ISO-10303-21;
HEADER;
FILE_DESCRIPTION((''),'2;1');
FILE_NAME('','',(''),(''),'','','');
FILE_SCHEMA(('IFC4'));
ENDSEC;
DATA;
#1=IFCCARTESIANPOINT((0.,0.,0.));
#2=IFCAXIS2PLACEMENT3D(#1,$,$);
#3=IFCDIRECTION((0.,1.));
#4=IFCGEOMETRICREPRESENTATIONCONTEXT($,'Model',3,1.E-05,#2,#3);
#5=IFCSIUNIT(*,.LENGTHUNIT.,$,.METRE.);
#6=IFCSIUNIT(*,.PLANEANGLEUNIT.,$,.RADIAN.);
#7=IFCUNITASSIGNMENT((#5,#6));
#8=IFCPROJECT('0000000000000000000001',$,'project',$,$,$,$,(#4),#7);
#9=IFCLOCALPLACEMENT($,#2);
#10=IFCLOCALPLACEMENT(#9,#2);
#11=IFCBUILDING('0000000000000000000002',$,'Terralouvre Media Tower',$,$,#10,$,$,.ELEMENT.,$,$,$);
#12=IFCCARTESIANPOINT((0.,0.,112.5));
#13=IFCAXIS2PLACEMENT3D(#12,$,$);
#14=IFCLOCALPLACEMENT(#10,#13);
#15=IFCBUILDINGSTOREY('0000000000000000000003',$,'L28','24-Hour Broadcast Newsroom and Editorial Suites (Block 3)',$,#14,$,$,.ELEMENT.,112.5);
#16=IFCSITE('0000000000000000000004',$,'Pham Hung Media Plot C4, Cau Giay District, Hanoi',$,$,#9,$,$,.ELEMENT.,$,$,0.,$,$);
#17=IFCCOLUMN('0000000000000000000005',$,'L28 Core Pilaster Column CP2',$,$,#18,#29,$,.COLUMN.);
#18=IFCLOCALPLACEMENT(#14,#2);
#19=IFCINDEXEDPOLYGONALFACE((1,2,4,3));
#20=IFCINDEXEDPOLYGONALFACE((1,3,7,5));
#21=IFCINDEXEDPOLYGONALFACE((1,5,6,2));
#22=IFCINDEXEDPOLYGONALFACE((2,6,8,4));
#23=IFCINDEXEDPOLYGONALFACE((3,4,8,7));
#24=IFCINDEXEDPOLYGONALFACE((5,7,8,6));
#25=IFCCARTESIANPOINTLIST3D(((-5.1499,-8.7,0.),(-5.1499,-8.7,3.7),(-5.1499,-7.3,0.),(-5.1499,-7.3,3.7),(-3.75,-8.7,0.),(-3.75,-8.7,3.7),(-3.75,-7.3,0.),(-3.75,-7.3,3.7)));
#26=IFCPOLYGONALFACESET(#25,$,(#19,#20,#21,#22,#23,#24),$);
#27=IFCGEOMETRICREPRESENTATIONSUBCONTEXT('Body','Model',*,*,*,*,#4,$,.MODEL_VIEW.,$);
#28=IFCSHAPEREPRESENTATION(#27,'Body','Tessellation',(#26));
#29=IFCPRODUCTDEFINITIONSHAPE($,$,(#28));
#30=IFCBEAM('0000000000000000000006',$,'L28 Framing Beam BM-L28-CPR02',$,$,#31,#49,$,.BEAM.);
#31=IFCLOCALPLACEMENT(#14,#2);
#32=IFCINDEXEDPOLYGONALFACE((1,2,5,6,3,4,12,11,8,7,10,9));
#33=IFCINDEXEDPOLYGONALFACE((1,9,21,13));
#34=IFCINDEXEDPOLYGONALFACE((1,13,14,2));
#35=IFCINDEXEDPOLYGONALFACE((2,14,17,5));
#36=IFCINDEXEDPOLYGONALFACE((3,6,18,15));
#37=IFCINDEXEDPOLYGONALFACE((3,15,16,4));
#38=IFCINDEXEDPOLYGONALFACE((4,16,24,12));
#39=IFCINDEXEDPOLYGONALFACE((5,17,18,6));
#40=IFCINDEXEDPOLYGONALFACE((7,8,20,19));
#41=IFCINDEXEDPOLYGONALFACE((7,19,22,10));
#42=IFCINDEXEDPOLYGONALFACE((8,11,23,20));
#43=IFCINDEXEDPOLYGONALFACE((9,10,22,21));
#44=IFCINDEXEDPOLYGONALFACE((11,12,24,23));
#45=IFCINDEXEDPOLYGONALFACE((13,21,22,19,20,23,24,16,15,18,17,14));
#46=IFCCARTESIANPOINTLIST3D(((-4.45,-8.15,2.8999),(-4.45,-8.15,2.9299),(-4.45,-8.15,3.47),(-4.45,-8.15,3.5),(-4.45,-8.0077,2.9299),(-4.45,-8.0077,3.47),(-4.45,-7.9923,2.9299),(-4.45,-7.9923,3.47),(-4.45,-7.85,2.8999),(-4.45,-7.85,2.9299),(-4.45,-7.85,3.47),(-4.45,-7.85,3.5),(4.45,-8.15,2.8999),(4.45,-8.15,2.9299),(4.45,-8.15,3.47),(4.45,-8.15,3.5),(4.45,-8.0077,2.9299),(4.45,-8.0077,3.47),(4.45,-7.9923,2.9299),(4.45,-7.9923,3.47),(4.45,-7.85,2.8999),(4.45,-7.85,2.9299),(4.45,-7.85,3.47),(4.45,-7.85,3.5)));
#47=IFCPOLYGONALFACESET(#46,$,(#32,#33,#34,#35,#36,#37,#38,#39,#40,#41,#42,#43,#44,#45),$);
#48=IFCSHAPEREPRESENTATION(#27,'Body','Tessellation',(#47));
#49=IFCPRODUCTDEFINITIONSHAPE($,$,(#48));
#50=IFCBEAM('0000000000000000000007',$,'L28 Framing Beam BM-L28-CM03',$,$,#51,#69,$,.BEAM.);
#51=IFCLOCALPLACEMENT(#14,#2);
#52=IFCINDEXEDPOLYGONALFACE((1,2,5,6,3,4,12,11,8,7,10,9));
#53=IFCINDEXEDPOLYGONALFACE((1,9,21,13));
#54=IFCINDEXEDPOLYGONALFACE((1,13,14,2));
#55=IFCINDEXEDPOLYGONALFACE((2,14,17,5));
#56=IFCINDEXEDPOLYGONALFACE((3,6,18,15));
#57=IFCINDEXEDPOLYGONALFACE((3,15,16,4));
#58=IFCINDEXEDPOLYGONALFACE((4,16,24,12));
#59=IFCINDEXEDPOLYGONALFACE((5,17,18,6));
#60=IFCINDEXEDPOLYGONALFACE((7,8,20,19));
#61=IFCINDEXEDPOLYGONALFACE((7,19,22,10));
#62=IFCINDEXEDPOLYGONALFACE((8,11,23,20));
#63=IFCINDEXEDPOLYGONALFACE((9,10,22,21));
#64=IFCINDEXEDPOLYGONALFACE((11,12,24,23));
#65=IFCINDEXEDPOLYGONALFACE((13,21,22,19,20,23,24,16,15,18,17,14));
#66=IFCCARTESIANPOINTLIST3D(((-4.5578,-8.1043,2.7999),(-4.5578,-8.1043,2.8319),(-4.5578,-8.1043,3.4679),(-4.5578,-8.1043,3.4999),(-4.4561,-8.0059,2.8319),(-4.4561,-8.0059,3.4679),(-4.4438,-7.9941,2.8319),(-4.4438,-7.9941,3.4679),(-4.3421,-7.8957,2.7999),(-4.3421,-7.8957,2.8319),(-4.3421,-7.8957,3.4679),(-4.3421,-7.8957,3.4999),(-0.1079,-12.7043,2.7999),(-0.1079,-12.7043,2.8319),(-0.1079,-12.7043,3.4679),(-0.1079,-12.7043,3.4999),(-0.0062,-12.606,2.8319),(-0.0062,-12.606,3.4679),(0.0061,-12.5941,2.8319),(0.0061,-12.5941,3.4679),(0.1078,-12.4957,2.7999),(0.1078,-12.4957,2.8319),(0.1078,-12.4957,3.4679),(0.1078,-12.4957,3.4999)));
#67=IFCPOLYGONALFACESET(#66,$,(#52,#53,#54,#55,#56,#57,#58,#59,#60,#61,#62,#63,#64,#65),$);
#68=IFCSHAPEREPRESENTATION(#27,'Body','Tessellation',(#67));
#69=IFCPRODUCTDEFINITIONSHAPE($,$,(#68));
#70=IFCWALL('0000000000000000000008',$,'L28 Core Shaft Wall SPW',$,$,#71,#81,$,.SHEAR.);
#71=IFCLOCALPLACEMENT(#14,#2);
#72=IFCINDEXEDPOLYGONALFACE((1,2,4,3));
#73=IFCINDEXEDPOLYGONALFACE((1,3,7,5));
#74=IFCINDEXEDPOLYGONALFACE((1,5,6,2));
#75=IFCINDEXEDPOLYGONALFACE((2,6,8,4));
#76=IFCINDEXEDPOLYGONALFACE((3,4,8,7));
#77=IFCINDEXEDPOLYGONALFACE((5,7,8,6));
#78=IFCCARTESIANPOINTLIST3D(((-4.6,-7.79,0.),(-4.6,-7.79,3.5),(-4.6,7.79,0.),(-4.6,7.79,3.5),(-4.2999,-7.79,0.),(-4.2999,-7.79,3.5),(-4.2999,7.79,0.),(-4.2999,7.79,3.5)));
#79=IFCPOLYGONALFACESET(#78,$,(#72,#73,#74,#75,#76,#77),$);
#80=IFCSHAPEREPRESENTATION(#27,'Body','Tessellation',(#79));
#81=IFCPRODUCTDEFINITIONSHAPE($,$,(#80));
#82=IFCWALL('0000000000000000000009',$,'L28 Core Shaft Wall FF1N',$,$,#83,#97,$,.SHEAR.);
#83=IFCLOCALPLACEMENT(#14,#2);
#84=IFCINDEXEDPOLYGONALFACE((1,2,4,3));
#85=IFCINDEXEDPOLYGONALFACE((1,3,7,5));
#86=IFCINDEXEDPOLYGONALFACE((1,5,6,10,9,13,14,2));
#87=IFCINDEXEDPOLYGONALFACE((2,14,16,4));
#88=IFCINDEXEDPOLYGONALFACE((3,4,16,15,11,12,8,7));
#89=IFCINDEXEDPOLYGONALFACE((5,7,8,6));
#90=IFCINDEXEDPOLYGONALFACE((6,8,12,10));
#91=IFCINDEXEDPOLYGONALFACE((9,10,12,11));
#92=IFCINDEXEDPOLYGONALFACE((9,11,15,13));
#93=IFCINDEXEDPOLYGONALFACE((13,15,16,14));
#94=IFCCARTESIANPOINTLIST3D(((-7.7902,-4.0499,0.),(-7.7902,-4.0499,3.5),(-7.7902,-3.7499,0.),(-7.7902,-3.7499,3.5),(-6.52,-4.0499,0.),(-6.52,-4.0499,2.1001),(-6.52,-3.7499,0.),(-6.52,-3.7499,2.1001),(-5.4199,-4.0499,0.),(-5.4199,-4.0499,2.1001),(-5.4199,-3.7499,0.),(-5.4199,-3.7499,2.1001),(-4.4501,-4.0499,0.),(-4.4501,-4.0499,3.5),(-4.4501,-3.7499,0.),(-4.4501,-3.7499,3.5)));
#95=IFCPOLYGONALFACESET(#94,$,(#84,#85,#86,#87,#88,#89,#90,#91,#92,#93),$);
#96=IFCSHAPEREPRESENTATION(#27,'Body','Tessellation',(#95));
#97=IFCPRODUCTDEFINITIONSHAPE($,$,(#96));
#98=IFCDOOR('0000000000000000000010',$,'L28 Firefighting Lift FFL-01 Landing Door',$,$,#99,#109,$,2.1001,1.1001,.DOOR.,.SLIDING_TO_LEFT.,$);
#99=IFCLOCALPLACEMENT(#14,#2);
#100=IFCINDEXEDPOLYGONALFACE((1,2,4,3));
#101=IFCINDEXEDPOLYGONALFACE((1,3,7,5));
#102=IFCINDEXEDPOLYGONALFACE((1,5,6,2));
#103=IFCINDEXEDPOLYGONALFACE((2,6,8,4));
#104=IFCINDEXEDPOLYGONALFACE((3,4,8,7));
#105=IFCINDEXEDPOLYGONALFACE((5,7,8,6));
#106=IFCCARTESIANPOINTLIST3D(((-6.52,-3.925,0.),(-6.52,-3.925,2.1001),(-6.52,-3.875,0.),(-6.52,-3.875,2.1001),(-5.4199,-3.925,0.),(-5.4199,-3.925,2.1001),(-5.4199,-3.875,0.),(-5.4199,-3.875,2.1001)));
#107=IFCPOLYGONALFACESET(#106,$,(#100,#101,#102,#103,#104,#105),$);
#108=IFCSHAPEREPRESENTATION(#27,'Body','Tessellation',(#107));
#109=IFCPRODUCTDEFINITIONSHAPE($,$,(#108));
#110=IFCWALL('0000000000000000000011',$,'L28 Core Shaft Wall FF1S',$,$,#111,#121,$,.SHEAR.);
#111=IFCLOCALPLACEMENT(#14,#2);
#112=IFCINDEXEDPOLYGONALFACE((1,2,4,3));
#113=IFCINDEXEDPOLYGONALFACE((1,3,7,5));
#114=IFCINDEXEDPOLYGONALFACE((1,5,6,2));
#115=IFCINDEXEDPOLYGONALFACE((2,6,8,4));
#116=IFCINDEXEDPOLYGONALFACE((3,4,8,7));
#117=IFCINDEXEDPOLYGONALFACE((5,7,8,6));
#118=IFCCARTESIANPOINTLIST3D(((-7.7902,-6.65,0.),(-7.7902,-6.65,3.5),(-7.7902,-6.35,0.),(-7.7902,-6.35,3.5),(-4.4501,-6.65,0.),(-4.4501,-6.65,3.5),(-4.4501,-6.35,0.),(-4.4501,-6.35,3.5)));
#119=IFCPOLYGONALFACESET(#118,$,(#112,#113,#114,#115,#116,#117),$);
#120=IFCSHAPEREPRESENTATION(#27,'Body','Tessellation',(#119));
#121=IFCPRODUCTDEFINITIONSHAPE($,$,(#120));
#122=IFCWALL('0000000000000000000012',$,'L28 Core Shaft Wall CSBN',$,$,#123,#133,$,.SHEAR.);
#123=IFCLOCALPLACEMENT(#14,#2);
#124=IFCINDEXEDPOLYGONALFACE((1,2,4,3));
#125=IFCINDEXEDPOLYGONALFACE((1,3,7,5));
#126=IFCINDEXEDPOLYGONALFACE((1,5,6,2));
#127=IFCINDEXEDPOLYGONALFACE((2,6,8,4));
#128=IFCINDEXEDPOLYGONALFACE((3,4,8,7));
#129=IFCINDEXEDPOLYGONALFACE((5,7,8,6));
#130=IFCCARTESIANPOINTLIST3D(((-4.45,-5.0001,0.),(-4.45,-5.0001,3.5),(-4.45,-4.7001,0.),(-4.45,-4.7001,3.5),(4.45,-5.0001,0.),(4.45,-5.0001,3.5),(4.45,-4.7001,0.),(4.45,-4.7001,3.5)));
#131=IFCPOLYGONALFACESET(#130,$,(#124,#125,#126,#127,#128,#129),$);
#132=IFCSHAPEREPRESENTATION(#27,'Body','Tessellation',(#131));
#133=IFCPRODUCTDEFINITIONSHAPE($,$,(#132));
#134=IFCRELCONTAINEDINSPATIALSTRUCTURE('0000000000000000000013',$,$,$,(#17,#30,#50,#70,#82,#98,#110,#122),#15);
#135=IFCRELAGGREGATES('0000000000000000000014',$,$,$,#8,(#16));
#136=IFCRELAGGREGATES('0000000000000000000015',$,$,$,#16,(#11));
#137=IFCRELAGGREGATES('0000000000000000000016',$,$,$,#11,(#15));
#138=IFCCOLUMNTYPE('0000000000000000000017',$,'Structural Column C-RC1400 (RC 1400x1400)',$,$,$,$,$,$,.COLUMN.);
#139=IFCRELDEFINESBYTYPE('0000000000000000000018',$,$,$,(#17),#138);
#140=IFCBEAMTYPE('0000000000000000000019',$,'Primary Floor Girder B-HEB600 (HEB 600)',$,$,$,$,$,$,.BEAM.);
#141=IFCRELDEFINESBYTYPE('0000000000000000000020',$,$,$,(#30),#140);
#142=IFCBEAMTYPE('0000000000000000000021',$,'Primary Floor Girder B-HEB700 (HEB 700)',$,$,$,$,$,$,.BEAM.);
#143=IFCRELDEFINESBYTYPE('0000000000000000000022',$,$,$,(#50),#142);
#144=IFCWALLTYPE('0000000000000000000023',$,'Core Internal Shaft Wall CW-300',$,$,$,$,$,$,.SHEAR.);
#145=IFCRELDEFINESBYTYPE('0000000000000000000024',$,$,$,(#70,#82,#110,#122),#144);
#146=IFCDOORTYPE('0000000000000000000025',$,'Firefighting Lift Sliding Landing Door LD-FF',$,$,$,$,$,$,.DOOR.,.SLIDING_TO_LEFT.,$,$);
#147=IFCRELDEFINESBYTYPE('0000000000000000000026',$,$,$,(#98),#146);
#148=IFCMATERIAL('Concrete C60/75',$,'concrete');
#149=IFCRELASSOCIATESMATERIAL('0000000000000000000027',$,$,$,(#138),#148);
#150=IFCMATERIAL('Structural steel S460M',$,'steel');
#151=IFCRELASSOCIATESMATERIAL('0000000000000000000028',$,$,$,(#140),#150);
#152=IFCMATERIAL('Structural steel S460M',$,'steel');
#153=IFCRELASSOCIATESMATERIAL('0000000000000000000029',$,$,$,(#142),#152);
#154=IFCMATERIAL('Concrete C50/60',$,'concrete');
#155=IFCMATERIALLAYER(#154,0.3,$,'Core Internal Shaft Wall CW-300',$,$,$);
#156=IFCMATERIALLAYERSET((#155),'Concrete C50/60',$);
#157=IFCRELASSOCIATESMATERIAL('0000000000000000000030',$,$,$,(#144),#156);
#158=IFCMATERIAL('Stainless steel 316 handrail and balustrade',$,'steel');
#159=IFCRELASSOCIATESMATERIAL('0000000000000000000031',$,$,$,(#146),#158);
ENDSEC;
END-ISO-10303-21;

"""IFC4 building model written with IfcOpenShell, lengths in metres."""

from ifc_helpers import new_model, si_unit, direction, frame, frame_2d, origin, origin_2d, place, context, subcontext, project, spatial, rectangle, i_section, extrude, material, layer, layer_set, material_profile, profile_set, type_object, element, fill, save


model = new_model("IFC4")

# Units and contexts
model_context = context("Model", 3, precision=1e-05, world=origin(), true_north=direction((0.0, 1.0)))
body_context = subcontext(model_context, "Body", "Model", "MODEL_VIEW")
ifc_project = project(units=[si_unit("LENGTHUNIT", "METRE"), si_unit("PLANEANGLEUNIT", "RADIAN")], contexts=[model_context])

# Site, building, storey
site_placement = place(None, origin())
site = spatial("IfcSite", under=ifc_project, at=site_placement, Name="Pham Hung Media Plot C4, Cau Giay District, Hanoi", CompositionType="ELEMENT", RefElevation=0.0)
building_placement = place(site_placement, origin())
building = spatial("IfcBuilding", under=site, at=building_placement, Name="Terralouvre Media Tower", CompositionType="ELEMENT")
storey_placement = place(building_placement, frame((0.0, 0.0, 112.5)))
storey = spatial("IfcBuildingStorey", under=building, at=storey_placement, Name="L28", Description="24-Hour Broadcast Newsroom and Editorial Suites (Block 3)", CompositionType="ELEMENT", Elevation=112.5)

# Column
ifc_material_1 = material(Name="Concrete C60/75", Category="concrete")
ifc_material_profile_1 = material_profile(ifc_material_1, rectangle(XDim=1.3999, YDim=1.3999, at=origin_2d()), Name="RC 1400x1400")
ifc_profile_set_1 = profile_set([ifc_material_profile_1], Name="Concrete C60/75")
column_type = type_object("IfcColumnType", Name="Structural Column C-RC1400 (RC 1400x1400)", PredefinedType="COLUMN", material=ifc_profile_set_1)
column_placement = place(storey_placement, frame((-4.45, -8.0, 0.0), z_axis=(0.0, 0.0, 1.0), x_axis=(1.0, 0.0, 0.0)))
element("IfcColumn", 1, at=column_placement, inside=storey, type_object=column_type, Name="L28 Core Pilaster Column CP2", PredefinedType="COLUMN", context=body_context, shape_type="SweptSolid", body=[
    extrude(rectangle(XDim=1.3999, YDim=1.3999, at=origin_2d()), origin(), (0.0, 0.0, 1.0), 3.7),
])

# Beams
ifc_material_2 = material(Name="Structural steel S460M", Category="steel")
ifc_material_profile_2 = material_profile(ifc_material_2, i_section(OverallWidth=0.3, OverallDepth=0.6001, WebThickness=0.0154, FlangeThickness=0.03, at=origin_2d()), Name="HEB 600")
ifc_profile_set_2 = profile_set([ifc_material_profile_2], Name="Structural steel S460M")
beam_type_1 = type_object("IfcBeamType", Name="Primary Floor Girder B-HEB600 (HEB 600)", PredefinedType="BEAM", material=ifc_profile_set_2)
beam_1_placement = place(storey_placement, frame((-4.45, -8.0, 3.2), z_axis=(1.0, 0.0, 0.0), x_axis=(0.0, 1.0, 0.0)))
element("IfcBeam", 2, at=beam_1_placement, inside=storey, type_object=beam_type_1, Name="L28 Framing Beam BM-L28-CPR02", PredefinedType="BEAM", context=body_context, shape_type="SweptSolid", body=[
    extrude(i_section(OverallWidth=0.3, OverallDepth=0.6001, WebThickness=0.0154, FlangeThickness=0.03, at=origin_2d()), origin(), (0.0, 0.0, 1.0), 8.8999),
])
ifc_material_3 = material(Name="Structural steel S460M", Category="steel")
ifc_material_profile_3 = material_profile(ifc_material_3, i_section(OverallWidth=0.3, OverallDepth=0.7, WebThickness=0.0171, FlangeThickness=0.032, at=origin_2d()), Name="HEB 700")
ifc_profile_set_3 = profile_set([ifc_material_profile_3], Name="Structural steel S460M")
beam_type_2 = type_object("IfcBeamType", Name="Primary Floor Girder B-HEB700 (HEB 700)", PredefinedType="BEAM", material=ifc_profile_set_3)
beam_2_placement = place(storey_placement, frame((-4.45, -8.0, 3.1499), z_axis=(0.69528, -0.718739, 0.0), x_axis=(0.718739, 0.69528, 0.0)))
element("IfcBeam", 3, at=beam_2_placement, inside=storey, type_object=beam_type_2, Name="L28 Framing Beam BM-L28-CM03", PredefinedType="BEAM", context=body_context, shape_type="SweptSolid", body=[
    extrude(i_section(OverallWidth=0.3, OverallDepth=0.7, WebThickness=0.0171, FlangeThickness=0.032, at=origin_2d()), origin(), (0.0, 0.0, 1.0), 6.4001),
])

# Wall
ifc_material_4 = material(Name="Concrete C50/60", Category="concrete")
ifc_layer_1 = layer(ifc_material_4, 0.3, Name="Core Internal Shaft Wall CW-300")
ifc_layer_set_1 = layer_set([ifc_layer_1], Name="Concrete C50/60")
wall_type_1 = type_object("IfcWallType", Name="Core Internal Shaft Wall CW-300", PredefinedType="SHEAR", material=ifc_layer_set_1)
wall_1_placement = place(storey_placement, frame((-4.45, -7.79, 0.0), z_axis=(0.0, 0.0, 1.0), x_axis=(0.0, 1.0, 0.0)))
element("IfcWall", 4, at=wall_1_placement, inside=storey, type_object=wall_type_1, Name="L28 Core Shaft Wall SPW", PredefinedType="SHEAR", context=body_context, shape_type="SweptSolid", body=[
    extrude(rectangle(XDim=15.5801, YDim=0.3, at=frame_2d((7.79, 0.0))), origin(), (0.0, 0.0, 1.0), 3.5),
])

# Wall, opening, door
wall_2_placement = place(storey_placement, frame((-7.79, -3.8999, 0.0), z_axis=(0.0, 0.0, 1.0), x_axis=(1.0, 0.0, 0.0)))
wall_2 = element("IfcWall", 5, at=wall_2_placement, inside=storey, type_object=wall_type_1, Name="L28 Core Shaft Wall FF1N", PredefinedType="SHEAR", context=body_context, shape_type="SweptSolid", body=[
    extrude(rectangle(XDim=3.3401, YDim=0.3, at=frame_2d((1.6699, 0.0))), origin(), (0.0, 0.0, 1.0), 3.5),
])
opening_1_placement = place(wall_2_placement, frame((1.27, 0.0, 0.0)))
opening_1 = element("IfcOpeningElement", 6, at=opening_1_placement, cuts=wall_2, PredefinedType="OPENING", context=body_context, shape_type="SweptSolid", body=[
    extrude(rectangle(XDim=1.1001, YDim=2.1001, at=frame_2d((0.55, 1.05))), frame((0.0, 0.1599, 0.0), z_axis=(0.0, -1.0, 0.0), x_axis=(1.0, 0.0, 0.0)), (0.0, 0.0, 1.0), 0.3201),
])
ifc_material_5 = material(Name="Stainless steel 316 handrail and balustrade", Category="steel")
door_type_1 = type_object("IfcDoorType", Name="Firefighting Lift Sliding Landing Door LD-FF", OperationType="SLIDING_TO_LEFT", PredefinedType="DOOR", material=ifc_material_5)
door_1_placement = place(opening_1_placement, origin())
door_1 = element("IfcDoor", 7, at=door_1_placement, inside=storey, type_object=door_type_1, Name="L28 Firefighting Lift FFL-01 Landing Door", OperationType="SLIDING_TO_LEFT", OverallHeight=2.1001, OverallWidth=1.1001, PredefinedType="DOOR", context=body_context, shape_type="SweptSolid", body=[
    extrude(rectangle(XDim=1.1001, YDim=2.1001, at=frame_2d((0.55, 1.05))), frame((0.0, 0.0249, 0.0), z_axis=(0.0, -1.0, 0.0), x_axis=(1.0, 0.0, 0.0)), (0.0, 0.0, 1.0), 0.05),
])
fill(opening_1, door_1)

# Walls
wall_3_placement = place(storey_placement, frame((-7.79, -6.5, 0.0), z_axis=(0.0, 0.0, 1.0), x_axis=(1.0, 0.0, 0.0)))
element("IfcWall", 8, at=wall_3_placement, inside=storey, type_object=wall_type_1, Name="L28 Core Shaft Wall FF1S", PredefinedType="SHEAR", context=body_context, shape_type="SweptSolid", body=[
    extrude(rectangle(XDim=3.3401, YDim=0.3, at=frame_2d((1.6699, 0.0))), origin(), (0.0, 0.0, 1.0), 3.5),
])
wall_4_placement = place(storey_placement, frame((-4.45, -4.8501, 0.0), z_axis=(0.0, 0.0, 1.0), x_axis=(1.0, 0.0, 0.0)))
element("IfcWall", 9, at=wall_4_placement, inside=storey, type_object=wall_type_1, Name="L28 Core Shaft Wall CSBN", PredefinedType="SHEAR", context=body_context, shape_type="SweptSolid", body=[
    extrude(rectangle(XDim=8.8999, YDim=0.3, at=frame_2d((4.45, 0.0))), origin(), (0.0, 0.0, 1.0), 3.5),
])

save(model, "model.ifc")
